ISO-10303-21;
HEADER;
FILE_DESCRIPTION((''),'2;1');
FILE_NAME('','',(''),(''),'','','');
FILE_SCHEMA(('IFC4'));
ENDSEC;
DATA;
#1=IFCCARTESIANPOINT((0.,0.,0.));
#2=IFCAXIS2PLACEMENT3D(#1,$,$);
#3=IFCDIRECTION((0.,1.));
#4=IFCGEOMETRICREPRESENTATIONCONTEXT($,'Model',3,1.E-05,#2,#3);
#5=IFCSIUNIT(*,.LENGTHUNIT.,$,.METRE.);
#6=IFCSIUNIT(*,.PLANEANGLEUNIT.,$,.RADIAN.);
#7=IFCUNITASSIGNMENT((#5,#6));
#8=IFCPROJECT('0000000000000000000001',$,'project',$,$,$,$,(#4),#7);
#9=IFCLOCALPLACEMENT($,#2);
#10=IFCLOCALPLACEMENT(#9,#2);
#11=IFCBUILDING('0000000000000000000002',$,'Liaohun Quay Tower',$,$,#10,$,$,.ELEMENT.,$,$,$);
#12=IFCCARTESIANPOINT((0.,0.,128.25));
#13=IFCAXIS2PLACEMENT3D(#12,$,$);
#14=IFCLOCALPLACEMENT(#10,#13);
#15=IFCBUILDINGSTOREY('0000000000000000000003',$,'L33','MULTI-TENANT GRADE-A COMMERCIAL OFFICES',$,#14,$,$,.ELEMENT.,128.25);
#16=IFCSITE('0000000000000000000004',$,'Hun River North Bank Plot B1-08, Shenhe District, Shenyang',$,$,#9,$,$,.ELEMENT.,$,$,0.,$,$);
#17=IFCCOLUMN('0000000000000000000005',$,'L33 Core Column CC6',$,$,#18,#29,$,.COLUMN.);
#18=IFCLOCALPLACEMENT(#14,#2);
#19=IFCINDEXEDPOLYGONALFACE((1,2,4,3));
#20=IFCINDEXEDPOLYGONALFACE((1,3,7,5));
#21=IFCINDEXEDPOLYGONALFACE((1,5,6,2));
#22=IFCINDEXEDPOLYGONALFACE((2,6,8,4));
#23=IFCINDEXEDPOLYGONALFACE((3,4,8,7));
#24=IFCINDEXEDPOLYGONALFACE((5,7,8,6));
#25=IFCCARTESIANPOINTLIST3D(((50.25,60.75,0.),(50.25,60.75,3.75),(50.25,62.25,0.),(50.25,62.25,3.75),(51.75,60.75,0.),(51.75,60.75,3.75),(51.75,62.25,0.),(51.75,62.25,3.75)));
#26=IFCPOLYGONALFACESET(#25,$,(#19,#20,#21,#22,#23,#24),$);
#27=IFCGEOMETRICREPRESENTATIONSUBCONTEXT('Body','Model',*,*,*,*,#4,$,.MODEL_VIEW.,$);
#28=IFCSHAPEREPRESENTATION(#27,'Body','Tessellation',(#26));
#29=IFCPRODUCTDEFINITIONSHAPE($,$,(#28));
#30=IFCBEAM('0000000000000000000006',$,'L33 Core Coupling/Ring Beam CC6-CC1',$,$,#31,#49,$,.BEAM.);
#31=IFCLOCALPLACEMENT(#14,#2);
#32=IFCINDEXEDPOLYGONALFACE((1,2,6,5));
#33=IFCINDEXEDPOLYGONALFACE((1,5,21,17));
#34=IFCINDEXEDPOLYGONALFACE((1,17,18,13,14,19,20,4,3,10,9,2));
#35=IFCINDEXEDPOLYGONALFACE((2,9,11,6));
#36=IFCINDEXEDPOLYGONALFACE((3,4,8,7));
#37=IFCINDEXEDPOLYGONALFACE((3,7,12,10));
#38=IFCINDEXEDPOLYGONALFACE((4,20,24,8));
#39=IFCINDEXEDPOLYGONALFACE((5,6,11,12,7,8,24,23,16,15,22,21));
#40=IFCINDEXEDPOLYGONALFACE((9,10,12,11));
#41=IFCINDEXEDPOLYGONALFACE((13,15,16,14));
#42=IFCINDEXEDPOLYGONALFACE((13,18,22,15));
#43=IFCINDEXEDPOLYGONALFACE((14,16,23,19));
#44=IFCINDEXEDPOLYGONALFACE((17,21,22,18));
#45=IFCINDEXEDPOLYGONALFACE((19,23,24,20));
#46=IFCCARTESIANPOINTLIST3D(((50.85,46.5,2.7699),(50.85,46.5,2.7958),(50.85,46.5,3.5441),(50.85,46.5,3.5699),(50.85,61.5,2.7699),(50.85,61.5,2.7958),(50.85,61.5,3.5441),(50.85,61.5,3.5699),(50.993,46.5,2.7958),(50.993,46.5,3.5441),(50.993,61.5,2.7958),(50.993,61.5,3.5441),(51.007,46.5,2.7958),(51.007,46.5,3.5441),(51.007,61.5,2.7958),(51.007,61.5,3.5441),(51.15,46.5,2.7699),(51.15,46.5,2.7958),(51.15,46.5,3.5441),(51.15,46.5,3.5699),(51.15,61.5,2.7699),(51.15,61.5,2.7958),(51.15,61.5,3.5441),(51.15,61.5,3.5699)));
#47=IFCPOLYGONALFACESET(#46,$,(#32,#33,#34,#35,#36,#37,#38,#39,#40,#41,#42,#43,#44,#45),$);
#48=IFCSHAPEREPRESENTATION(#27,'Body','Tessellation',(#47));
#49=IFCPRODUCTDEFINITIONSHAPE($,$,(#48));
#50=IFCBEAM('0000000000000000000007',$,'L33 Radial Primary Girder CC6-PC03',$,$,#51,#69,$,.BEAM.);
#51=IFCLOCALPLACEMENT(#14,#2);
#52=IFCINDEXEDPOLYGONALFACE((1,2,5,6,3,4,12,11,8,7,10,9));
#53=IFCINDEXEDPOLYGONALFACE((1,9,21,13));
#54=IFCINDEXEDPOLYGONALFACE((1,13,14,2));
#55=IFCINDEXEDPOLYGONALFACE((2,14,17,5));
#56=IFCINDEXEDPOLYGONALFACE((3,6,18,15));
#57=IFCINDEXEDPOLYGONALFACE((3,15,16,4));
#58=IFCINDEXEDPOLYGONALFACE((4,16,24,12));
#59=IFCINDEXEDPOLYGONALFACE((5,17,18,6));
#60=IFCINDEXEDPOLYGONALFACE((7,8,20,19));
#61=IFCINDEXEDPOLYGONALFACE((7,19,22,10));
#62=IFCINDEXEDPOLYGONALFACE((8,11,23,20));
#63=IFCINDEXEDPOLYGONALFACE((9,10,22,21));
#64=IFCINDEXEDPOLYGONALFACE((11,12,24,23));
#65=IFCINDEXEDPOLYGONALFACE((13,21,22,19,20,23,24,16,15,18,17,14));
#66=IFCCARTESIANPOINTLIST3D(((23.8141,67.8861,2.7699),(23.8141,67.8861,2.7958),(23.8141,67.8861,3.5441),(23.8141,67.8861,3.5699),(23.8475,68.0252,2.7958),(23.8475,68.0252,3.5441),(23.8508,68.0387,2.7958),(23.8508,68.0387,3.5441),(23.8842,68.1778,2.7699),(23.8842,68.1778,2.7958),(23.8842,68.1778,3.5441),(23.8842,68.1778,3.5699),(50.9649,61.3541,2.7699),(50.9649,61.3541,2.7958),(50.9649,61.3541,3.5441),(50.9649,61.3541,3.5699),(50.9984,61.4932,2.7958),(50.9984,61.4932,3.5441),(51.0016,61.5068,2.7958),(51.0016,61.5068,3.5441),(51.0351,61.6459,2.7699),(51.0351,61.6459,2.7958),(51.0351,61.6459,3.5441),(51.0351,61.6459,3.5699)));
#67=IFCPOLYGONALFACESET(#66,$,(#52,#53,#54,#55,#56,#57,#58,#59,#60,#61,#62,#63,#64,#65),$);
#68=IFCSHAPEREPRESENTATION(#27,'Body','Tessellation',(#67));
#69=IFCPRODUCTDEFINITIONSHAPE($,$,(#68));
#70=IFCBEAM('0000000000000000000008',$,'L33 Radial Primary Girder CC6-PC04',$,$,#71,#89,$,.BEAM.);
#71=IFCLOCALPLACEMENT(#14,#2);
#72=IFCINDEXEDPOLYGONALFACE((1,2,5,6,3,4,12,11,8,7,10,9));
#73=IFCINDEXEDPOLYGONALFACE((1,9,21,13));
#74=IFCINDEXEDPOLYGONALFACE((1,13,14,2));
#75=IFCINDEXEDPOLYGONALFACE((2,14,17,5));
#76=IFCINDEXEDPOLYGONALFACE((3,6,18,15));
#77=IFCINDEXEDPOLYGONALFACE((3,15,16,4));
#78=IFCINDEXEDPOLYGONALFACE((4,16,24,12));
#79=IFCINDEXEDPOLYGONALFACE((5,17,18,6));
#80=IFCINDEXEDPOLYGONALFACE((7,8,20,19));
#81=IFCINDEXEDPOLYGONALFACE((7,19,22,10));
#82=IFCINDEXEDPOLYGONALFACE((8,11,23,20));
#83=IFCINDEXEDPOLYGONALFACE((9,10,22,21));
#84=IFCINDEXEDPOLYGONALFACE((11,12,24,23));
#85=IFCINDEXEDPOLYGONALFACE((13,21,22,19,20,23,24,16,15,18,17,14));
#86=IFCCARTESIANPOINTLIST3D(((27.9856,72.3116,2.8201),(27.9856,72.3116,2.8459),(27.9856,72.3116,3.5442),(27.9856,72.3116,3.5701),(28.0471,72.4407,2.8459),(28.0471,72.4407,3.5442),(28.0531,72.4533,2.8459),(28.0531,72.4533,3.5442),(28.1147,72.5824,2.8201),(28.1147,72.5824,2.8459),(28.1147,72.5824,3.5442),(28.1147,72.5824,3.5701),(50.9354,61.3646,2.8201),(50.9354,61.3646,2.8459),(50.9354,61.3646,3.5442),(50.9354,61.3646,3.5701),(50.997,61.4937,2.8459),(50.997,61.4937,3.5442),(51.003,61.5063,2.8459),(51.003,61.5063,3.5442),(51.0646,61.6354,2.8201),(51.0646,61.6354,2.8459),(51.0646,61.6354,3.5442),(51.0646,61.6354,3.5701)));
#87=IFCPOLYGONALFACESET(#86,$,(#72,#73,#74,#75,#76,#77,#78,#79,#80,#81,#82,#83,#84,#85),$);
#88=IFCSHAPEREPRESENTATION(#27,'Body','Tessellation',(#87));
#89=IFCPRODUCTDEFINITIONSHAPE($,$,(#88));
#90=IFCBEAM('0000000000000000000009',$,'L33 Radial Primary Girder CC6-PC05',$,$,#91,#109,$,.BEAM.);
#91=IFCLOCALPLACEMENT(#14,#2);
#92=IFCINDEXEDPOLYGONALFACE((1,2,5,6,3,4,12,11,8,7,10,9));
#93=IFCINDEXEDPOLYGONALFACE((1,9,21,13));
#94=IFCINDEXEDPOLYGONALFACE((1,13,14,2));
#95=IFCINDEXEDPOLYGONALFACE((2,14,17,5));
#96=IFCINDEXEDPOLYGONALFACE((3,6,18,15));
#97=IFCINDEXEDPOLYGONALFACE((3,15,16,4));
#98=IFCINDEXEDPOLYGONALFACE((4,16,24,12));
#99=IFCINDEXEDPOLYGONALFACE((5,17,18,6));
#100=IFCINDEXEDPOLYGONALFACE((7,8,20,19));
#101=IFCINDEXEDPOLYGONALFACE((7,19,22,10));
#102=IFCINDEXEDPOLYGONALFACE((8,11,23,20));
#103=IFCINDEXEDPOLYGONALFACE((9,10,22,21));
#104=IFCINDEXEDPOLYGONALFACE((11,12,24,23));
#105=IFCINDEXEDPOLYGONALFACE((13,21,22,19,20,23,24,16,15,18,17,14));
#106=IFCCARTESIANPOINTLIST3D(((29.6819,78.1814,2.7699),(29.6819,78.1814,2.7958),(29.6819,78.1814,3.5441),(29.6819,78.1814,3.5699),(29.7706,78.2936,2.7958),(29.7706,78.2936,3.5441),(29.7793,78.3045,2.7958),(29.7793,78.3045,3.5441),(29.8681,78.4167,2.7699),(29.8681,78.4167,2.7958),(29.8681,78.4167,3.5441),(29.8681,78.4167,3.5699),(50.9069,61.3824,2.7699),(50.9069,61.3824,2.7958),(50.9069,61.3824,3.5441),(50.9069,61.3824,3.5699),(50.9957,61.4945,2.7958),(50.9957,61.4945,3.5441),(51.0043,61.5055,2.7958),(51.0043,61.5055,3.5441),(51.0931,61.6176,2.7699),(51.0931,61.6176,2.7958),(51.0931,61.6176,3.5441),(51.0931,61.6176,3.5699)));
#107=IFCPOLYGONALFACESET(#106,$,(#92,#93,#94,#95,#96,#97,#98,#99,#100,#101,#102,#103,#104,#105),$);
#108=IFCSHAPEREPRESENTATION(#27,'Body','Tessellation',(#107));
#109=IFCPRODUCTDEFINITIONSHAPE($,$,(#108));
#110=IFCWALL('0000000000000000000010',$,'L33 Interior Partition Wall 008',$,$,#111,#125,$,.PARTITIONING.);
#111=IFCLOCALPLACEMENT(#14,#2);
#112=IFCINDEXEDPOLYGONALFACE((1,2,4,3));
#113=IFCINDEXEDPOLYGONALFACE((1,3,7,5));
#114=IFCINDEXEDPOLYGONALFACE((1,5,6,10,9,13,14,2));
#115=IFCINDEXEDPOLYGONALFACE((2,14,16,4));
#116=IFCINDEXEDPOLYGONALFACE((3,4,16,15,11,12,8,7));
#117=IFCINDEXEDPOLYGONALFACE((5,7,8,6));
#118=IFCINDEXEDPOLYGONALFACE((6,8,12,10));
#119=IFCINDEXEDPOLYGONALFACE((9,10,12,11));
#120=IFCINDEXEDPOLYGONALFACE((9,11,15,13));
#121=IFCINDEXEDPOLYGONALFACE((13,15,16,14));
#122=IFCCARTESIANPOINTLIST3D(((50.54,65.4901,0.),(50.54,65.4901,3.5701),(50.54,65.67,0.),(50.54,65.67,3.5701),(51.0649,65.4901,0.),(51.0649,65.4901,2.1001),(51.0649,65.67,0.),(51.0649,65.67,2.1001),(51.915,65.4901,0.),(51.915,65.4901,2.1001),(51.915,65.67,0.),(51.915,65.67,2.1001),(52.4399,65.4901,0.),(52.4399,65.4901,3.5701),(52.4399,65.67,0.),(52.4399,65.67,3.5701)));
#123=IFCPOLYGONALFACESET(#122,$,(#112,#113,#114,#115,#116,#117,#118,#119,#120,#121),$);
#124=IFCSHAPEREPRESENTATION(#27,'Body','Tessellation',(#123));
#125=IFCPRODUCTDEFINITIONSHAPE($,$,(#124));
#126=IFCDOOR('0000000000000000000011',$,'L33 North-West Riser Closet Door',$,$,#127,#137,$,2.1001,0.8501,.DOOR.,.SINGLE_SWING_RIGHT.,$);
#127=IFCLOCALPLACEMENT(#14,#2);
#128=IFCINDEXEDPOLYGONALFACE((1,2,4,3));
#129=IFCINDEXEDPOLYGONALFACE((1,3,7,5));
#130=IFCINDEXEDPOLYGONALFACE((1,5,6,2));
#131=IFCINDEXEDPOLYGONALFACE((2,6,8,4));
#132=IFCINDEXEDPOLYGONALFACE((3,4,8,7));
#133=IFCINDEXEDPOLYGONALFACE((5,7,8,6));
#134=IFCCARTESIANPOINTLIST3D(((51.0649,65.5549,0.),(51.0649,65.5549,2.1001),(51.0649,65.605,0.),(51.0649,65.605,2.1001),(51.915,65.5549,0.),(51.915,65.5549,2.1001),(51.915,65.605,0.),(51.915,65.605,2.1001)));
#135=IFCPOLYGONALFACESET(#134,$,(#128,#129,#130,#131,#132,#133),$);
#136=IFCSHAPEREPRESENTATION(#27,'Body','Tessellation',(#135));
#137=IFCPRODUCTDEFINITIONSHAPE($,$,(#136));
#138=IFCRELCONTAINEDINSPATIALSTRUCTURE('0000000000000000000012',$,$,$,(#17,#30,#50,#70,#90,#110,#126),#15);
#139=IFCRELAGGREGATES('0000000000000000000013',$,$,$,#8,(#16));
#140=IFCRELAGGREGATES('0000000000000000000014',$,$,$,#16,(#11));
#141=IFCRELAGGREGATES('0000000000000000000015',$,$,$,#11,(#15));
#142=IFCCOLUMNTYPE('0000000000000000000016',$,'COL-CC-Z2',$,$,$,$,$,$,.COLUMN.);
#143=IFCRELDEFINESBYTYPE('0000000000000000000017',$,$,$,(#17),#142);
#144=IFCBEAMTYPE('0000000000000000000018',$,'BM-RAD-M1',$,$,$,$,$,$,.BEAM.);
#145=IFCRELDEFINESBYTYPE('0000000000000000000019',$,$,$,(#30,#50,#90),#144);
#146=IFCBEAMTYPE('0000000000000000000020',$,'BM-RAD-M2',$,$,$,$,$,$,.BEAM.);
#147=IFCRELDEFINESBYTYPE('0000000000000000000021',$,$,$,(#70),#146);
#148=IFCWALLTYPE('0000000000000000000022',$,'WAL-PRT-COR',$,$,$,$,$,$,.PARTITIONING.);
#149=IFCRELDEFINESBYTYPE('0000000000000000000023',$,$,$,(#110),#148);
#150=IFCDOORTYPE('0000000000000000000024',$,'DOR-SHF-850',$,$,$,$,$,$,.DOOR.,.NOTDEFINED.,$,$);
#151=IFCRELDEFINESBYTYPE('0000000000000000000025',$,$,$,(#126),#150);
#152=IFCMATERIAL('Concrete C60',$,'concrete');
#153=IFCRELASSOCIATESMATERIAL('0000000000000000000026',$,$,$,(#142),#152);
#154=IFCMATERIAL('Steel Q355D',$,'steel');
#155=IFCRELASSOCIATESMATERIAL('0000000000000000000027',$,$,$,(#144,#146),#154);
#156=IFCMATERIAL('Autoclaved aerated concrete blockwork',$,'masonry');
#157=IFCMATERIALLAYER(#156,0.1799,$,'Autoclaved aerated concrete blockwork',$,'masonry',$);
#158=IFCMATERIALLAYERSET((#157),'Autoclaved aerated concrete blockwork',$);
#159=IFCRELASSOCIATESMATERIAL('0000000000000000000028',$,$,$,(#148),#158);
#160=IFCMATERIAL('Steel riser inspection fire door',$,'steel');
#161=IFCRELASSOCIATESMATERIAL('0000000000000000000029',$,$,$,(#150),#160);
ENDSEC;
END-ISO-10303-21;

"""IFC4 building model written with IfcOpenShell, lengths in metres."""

from ifc_helpers import new_model, si_unit, direction, frame, frame_2d, origin, origin_2d, place, context, subcontext, project, spatial, rectangle, i_section, extrude, source, transform, mapped, material, layer, layer_set, material_profile, profile_set, type_object, element, fill, save


model = new_model("IFC4")

# Units and contexts
model_context = context("Model", 3, precision=1e-05, world=origin(), true_north=direction((0.0, 1.0)))
body_context = subcontext(model_context, "Body", "Model", "MODEL_VIEW")
ifc_project = project(units=[si_unit("LENGTHUNIT", "METRE"), si_unit("PLANEANGLEUNIT", "RADIAN")], contexts=[model_context])

# Site, building, storey
site_placement = place(None, origin())
site = spatial("IfcSite", under=ifc_project, at=site_placement, Name="Hun River North Bank Plot B1-08, Shenhe District, Shenyang", CompositionType="ELEMENT", RefElevation=0.0)
building_placement = place(site_placement, origin())
building = spatial("IfcBuilding", under=site, at=building_placement, Name="Liaohun Quay Tower", CompositionType="ELEMENT")
storey_placement = place(building_placement, frame((0.0, 0.0, 128.25)))
storey = spatial("IfcBuildingStorey", under=building, at=storey_placement, Name="L33", Description="MULTI-TENANT GRADE-A COMMERCIAL OFFICES", CompositionType="ELEMENT", Elevation=128.25)

# Column
ifc_material_1 = material(Name="Concrete C60", Category="concrete")
ifc_material_profile_1 = material_profile(ifc_material_1, rectangle(XDim=1.5, YDim=1.5, at=origin_2d()), Name="RC1500x1500")
ifc_profile_set_1 = profile_set([ifc_material_profile_1], Name="Concrete C60")
column_type = type_object("IfcColumnType", Name="COL-CC-Z2", PredefinedType="COLUMN", material=ifc_profile_set_1)
shared_shape_1 = source(origin(), body_context, "Body", "SweptSolid", [
    extrude(rectangle(XDim=1.5, YDim=1.5, at=origin_2d()), origin(), (0.0, 0.0, 1.0), 3.75),
])
column_placement = place(storey_placement, frame((51.0, 61.5, 0.0), z_axis=(0.0, 0.0, 1.0), x_axis=(1.0, 0.0, 0.0)))
element("IfcColumn", 1, at=column_placement, inside=storey, type_object=column_type, Name="L33 Core Column CC6", PredefinedType="COLUMN", context=body_context, shape_type="MappedRepresentation", body=[
    mapped(shared_shape_1, transform((0.0, 0.0, 0.0), x_axis=(1.0, 0.0, 0.0), y_axis=(0.0, 1.0, 0.0), z_axis=(0.0, 0.0, 1.0), scale=1.0)),
])

# Beams
ifc_material_2 = material(Name="Steel Q355D", Category="steel")
ifc_material_profile_2 = material_profile(ifc_material_2, i_section(OverallWidth=0.3, OverallDepth=0.8, WebThickness=0.0139, FlangeThickness=0.0259, at=origin_2d()), Name="HN800x300x14x26")
ifc_profile_set_2 = profile_set([ifc_material_profile_2], Name="Steel Q355D")
beam_type_1 = type_object("IfcBeamType", Name="BM-RAD-M1", PredefinedType="BEAM", material=ifc_profile_set_2)
shared_shape_2 = source(origin(), body_context, "Body", "SweptSolid", [
    extrude(i_section(OverallWidth=0.3, OverallDepth=0.8, WebThickness=0.0139, FlangeThickness=0.0259, at=origin_2d()), origin(), (0.0, 0.0, 1.0), 15.0),
])
beam_1_placement = place(storey_placement, frame((51.0, 61.5, 3.1699), z_axis=(0.0, -1.0, 0.0), x_axis=(1.0, 0.0, 0.0)))
element("IfcBeam", 2, at=beam_1_placement, inside=storey, type_object=beam_type_1, Name="L33 Core Coupling/Ring Beam CC6-CC1", PredefinedType="BEAM", context=body_context, shape_type="MappedRepresentation", body=[
    mapped(shared_shape_2, transform((0.0, 0.0, 0.0), x_axis=(1.0, 0.0, 0.0), y_axis=(0.0, 1.0, 0.0), z_axis=(0.0, 0.0, 1.0), scale=1.0)),
])
shared_shape_3 = source(origin(), body_context, "Body", "SweptSolid", [
    extrude(i_section(OverallWidth=0.3, OverallDepth=0.8, WebThickness=0.0139, FlangeThickness=0.0259, at=origin_2d()), origin(), (0.0, 0.0, 1.0), 27.9255),
])
beam_2_placement = place(storey_placement, frame((51.0, 61.5, 3.1699), z_axis=(-0.972259, 0.233907, 0.0), x_axis=(-0.233907, -0.972259, 0.0)))
element("IfcBeam", 3, at=beam_2_placement, inside=storey, type_object=beam_type_1, Name="L33 Radial Primary Girder CC6-PC03", PredefinedType="BEAM", context=body_context, shape_type="MappedRepresentation", body=[
    mapped(shared_shape_3, transform((0.0, 0.0, 0.0), x_axis=(1.0, 0.0, 0.0), y_axis=(0.0, 1.0, 0.0), z_axis=(0.0, 0.0, 1.0), scale=1.0)),
])
ifc_material_profile_3 = material_profile(ifc_material_2, i_section(OverallWidth=0.3, OverallDepth=0.75, WebThickness=0.0139, FlangeThickness=0.0259, at=origin_2d()), Name="HN750x300x14x26")
ifc_profile_set_3 = profile_set([ifc_material_profile_3], Name="Steel Q355D")
beam_type_2 = type_object("IfcBeamType", Name="BM-RAD-M2", PredefinedType="BEAM", material=ifc_profile_set_3)
shared_shape_4 = source(origin(), body_context, "Body", "SweptSolid", [
    extrude(i_section(OverallWidth=0.3, OverallDepth=0.75, WebThickness=0.0139, FlangeThickness=0.0259, at=origin_2d()), origin(), (0.0, 0.0, 1.0), 25.427),
])
beam_3_placement = place(storey_placement, frame((51.0, 61.5, 3.1951), z_axis=(-0.902578, 0.430526, 0.0), x_axis=(-0.430526, -0.902578, 0.0)))
element("IfcBeam", 4, at=beam_3_placement, inside=storey, type_object=beam_type_2, Name="L33 Radial Primary Girder CC6-PC04", PredefinedType="BEAM", context=body_context, shape_type="MappedRepresentation", body=[
    mapped(shared_shape_4, transform((0.0, 0.0, 0.0), x_axis=(1.0, 0.0, 0.0), y_axis=(0.0, 1.0, 0.0), z_axis=(0.0, 0.0, 1.0), scale=1.0)),
])
shared_shape_5 = source(origin(), body_context, "Body", "SweptSolid", [
    extrude(i_section(OverallWidth=0.3, OverallDepth=0.8, WebThickness=0.0139, FlangeThickness=0.0259, at=origin_2d()), origin(), (0.0, 0.0, 1.0), 27.0686),
])
beam_4_placement = place(storey_placement, frame((51.0, 61.5, 3.1699), z_axis=(-0.78412, 0.620609, 0.0), x_axis=(-0.620609, -0.78412, 0.0)))
element("IfcBeam", 5, at=beam_4_placement, inside=storey, type_object=beam_type_1, Name="L33 Radial Primary Girder CC6-PC05", PredefinedType="BEAM", context=body_context, shape_type="MappedRepresentation", body=[
    mapped(shared_shape_5, transform((0.0, 0.0, 0.0), x_axis=(1.0, 0.0, 0.0), y_axis=(0.0, 1.0, 0.0), z_axis=(0.0, 0.0, 1.0), scale=1.0)),
])

# Wall, opening, door
ifc_material_3 = material(Name="Autoclaved aerated concrete blockwork", Category="masonry")
ifc_layer_1 = layer(ifc_material_3, 0.1799, Name="Autoclaved aerated concrete blockwork", Category="masonry")
ifc_layer_set_1 = layer_set([ifc_layer_1], Name="Autoclaved aerated concrete blockwork")
wall_type_1 = type_object("IfcWallType", Name="WAL-PRT-COR", PredefinedType="PARTITIONING", material=ifc_layer_set_1)
wall_1_placement = place(storey_placement, frame((50.54, 65.5801, 0.0), z_axis=(0.0, 0.0, 1.0), x_axis=(1.0, 0.0, 0.0)))
wall_1 = element("IfcWall", 6, at=wall_1_placement, inside=storey, type_object=wall_type_1, Name="L33 Interior Partition Wall 008", PredefinedType="PARTITIONING", context=body_context, shape_type="SweptSolid", body=[
    extrude(rectangle(XDim=1.8999, YDim=0.1799, at=frame_2d((0.95, 0.0))), origin(), (0.0, 0.0, 1.0), 3.5701),
])
shared_shape_6 = source(origin(), body_context, "Body", "SweptSolid", [
    extrude(rectangle(XDim=0.8501, YDim=2.1001, at=frame_2d((0.425, 1.05))), frame((0.0, 0.0999, 0.0), z_axis=(0.0, -1.0, 0.0), x_axis=(1.0, 0.0, 0.0)), (0.0, 0.0, 1.0), 0.2),
])
opening_1_placement = place(wall_1_placement, frame((0.5249, 0.0, 0.0)))
opening_1 = element("IfcOpeningElement", 7, at=opening_1_placement, cuts=wall_1, PredefinedType="OPENING", context=body_context, shape_type="MappedRepresentation", body=[
    mapped(shared_shape_6, transform((0.0, 0.0, 0.0), x_axis=(1.0, 0.0, 0.0), y_axis=(0.0, 1.0, 0.0), z_axis=(0.0, 0.0, 1.0), scale=1.0)),
])
ifc_material_4 = material(Name="Steel riser inspection fire door", Category="steel")
door_type_1 = type_object("IfcDoorType", Name="DOR-SHF-850", OperationType="NOTDEFINED", PredefinedType="DOOR", material=ifc_material_4)
shared_shape_7 = source(origin(), body_context, "Body", "SweptSolid", [
    extrude(rectangle(XDim=0.8501, YDim=2.1001, at=frame_2d((0.425, 1.05))), frame((0.0, 0.0249, 0.0), z_axis=(0.0, -1.0, 0.0), x_axis=(1.0, 0.0, 0.0)), (0.0, 0.0, 1.0), 0.05),
])
door_1_placement = place(opening_1_placement, origin())
door_1 = element("IfcDoor", 8, at=door_1_placement, inside=storey, type_object=door_type_1, Name="L33 North-West Riser Closet Door", OperationType="SINGLE_SWING_RIGHT", OverallHeight=2.1001, OverallWidth=0.8501, PredefinedType="DOOR", context=body_context, shape_type="MappedRepresentation", body=[
    mapped(shared_shape_7, transform((0.0, 0.0, 0.0), x_axis=(1.0, 0.0, 0.0), y_axis=(0.0, 1.0, 0.0), z_axis=(0.0, 0.0, 1.0), scale=1.0)),
])
fill(opening_1, door_1)

save(model, "model.ifc")
